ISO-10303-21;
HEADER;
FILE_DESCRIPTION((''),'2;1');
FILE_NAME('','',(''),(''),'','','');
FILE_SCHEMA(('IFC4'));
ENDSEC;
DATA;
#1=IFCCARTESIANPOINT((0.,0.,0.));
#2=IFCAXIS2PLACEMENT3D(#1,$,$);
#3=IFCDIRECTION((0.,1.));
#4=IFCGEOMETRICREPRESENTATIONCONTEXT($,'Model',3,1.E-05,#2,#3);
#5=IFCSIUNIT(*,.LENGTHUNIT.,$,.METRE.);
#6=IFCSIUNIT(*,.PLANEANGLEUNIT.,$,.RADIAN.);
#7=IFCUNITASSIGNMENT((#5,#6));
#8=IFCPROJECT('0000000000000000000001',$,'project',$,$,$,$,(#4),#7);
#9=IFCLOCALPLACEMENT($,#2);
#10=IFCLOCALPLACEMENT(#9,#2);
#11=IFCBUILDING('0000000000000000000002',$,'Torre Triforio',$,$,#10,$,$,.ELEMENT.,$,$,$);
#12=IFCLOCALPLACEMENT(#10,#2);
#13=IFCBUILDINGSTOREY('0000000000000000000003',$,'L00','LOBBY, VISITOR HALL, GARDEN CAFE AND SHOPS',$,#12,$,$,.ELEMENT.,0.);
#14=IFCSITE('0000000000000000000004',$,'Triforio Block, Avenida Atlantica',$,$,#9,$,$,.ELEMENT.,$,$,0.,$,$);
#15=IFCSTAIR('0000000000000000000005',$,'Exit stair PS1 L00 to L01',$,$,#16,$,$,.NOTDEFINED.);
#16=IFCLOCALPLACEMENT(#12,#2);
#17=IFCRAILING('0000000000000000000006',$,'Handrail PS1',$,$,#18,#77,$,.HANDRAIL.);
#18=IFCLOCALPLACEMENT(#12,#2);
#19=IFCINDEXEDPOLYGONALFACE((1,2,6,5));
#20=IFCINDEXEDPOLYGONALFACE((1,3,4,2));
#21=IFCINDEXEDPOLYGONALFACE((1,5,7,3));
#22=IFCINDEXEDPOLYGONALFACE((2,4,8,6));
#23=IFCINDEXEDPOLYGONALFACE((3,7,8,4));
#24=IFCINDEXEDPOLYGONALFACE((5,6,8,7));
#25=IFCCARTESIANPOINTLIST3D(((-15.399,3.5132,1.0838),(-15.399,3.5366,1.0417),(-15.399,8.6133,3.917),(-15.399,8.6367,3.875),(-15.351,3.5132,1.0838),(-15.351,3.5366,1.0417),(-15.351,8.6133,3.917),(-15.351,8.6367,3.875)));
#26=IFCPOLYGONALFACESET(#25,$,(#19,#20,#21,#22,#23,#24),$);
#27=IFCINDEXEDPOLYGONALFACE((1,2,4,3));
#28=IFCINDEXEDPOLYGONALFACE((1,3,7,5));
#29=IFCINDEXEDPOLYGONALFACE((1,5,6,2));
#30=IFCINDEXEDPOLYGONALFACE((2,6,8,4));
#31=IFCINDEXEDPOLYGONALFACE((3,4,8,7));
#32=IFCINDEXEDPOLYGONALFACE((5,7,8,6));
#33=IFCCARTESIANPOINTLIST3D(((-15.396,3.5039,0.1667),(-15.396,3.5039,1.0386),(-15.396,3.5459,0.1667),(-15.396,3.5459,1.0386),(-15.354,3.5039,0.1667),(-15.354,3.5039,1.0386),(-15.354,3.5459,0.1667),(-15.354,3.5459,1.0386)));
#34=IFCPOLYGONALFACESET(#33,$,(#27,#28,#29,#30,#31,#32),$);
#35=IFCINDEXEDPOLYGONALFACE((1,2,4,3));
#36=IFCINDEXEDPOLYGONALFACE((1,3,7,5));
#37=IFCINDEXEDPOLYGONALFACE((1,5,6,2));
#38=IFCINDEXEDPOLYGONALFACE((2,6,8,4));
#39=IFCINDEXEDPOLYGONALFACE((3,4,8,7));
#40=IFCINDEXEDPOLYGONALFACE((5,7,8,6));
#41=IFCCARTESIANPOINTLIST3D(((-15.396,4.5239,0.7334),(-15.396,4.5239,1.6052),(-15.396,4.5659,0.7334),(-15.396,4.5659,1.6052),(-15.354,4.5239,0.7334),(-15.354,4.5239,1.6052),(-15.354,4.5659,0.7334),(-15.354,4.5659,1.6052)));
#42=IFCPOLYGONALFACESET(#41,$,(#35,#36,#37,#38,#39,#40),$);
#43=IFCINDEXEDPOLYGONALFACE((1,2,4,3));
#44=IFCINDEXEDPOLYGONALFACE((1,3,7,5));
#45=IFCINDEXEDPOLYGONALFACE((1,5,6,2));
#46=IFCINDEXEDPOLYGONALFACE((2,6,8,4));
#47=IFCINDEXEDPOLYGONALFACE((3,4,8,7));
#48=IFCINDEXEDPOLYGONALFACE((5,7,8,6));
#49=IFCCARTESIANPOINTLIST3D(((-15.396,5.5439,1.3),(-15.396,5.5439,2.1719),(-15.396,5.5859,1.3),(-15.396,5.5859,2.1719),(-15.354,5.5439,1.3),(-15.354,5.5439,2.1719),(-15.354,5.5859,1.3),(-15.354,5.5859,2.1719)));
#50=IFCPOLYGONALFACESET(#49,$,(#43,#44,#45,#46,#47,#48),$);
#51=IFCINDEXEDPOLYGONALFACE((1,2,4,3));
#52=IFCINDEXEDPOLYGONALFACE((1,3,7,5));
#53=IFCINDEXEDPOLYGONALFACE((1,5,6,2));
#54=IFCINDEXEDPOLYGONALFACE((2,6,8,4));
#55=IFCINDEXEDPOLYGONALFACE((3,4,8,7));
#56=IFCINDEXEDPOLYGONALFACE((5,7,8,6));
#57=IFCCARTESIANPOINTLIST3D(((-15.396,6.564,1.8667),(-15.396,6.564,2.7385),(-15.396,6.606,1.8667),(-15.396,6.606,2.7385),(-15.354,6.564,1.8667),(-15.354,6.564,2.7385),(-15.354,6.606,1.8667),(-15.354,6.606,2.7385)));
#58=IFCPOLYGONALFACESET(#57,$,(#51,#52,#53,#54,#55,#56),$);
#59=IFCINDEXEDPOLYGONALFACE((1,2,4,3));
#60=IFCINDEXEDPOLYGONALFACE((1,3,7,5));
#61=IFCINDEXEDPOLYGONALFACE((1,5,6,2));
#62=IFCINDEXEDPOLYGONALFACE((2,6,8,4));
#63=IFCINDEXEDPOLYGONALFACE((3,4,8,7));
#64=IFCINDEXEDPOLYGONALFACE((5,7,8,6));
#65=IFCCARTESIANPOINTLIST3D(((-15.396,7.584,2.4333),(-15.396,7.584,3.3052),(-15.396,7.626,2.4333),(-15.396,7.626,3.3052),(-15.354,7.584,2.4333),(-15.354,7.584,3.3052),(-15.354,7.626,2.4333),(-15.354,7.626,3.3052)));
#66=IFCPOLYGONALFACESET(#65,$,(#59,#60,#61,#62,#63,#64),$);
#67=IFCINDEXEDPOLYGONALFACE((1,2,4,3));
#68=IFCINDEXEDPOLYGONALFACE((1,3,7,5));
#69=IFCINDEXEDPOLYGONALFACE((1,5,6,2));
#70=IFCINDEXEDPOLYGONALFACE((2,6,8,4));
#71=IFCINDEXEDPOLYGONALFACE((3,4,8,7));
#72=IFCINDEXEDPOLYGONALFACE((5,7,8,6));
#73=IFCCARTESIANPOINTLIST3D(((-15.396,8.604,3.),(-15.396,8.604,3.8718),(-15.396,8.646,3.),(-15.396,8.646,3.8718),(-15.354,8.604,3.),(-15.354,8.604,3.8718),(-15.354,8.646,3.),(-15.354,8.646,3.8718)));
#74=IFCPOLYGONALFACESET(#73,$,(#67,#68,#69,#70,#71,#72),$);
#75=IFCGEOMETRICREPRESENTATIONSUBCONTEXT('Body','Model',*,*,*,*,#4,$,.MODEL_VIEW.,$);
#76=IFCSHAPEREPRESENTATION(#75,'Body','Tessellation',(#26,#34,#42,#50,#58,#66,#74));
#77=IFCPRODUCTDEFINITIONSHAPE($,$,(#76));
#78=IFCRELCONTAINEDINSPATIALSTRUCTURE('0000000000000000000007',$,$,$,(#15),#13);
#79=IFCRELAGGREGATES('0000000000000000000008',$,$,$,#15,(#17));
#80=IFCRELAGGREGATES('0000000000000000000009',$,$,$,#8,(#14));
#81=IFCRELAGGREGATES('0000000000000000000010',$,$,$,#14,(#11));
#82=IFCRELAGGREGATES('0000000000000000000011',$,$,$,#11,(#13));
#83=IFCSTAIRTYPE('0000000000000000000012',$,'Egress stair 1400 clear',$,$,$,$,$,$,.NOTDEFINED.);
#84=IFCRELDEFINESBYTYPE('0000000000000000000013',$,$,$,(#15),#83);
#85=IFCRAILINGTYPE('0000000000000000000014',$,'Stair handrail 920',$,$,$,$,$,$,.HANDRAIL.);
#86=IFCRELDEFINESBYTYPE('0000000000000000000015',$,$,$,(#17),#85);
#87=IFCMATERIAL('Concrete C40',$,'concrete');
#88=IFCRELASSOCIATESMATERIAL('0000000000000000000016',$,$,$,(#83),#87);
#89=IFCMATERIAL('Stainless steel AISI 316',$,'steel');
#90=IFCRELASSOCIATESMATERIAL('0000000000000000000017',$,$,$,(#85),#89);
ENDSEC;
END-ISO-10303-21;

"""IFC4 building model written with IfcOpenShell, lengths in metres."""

from ifc_helpers import new_model, si_unit, direction, frame, origin, origin_2d, place, context, subcontext, project, spatial, rectangle, extrude, material, type_object, element, aggregate, save


model = new_model("IFC4")

# Units and contexts
model_context = context("Model", 3, precision=1e-05, world=origin(), true_north=direction((0.0, 1.0)))
body_context = subcontext(model_context, "Body", "Model", "MODEL_VIEW")
ifc_project = project(units=[si_unit("LENGTHUNIT", "METRE"), si_unit("PLANEANGLEUNIT", "RADIAN")], contexts=[model_context])

# Site, building, storey
site_placement = place(None, origin())
site = spatial("IfcSite", under=ifc_project, at=site_placement, Name="Triforio Block, Avenida Atlantica", CompositionType="ELEMENT", RefElevation=0.0)
building_placement = place(site_placement, origin())
building = spatial("IfcBuilding", under=site, at=building_placement, Name="Torre Triforio", CompositionType="ELEMENT")
storey_placement = place(building_placement, origin())
storey = spatial("IfcBuildingStorey", under=building, at=storey_placement, Name="L00", Description="LOBBY, VISITOR HALL, GARDEN CAFE AND SHOPS", CompositionType="ELEMENT", Elevation=0.0)

# Shared definitions
ifc_material_1 = material(Name="Concrete C40", Category="concrete")

# Stair
stair_type_1 = type_object("IfcStairType", Name="Egress stair 1400 clear", PredefinedType="NOTDEFINED", material=ifc_material_1)
stair_1_placement = place(storey_placement, origin())
stair_1 = element("IfcStair", 1, at=stair_1_placement, inside=storey, type_object=stair_type_1, Name="Exit stair PS1 L00 to L01", PredefinedType="NOTDEFINED")

# Shared definitions
ifc_material_2 = material(Name="Stainless steel AISI 316", Category="steel")

# Railing
railing_type_1 = type_object("IfcRailingType", Name="Stair handrail 920", PredefinedType="HANDRAIL", material=ifc_material_2)
railing_placement = place(storey_placement, frame((-15.375, 3.5249, 0.1667)))
railing = element("IfcRailing", 2, at=railing_placement, type_object=railing_type_1, Name="Handrail PS1", PredefinedType="HANDRAIL", context=body_context, shape_type="SweptSolid", body=[
    extrude(rectangle(XDim=0.0481, YDim=0.0481, at=origin_2d()), frame((0.0, 0.0, 0.896), z_axis=(0.0, 0.874167, 0.485625), x_axis=(-1.0, 0.0, 0.0)), (0.0, 0.0, 1.0), 5.8342),
    extrude(rectangle(XDim=0.042, YDim=0.042, at=origin_2d()), origin(), (0.0, 0.0, 1.0), 0.8718),
    extrude(rectangle(XDim=0.042, YDim=0.042, at=origin_2d()), frame((0.0, 1.02, 0.5667)), (0.0, 0.0, 1.0), 0.8718),
    extrude(rectangle(XDim=0.042, YDim=0.042, at=origin_2d()), frame((0.0, 2.04, 1.1333)), (0.0, 0.0, 1.0), 0.8718),
    extrude(rectangle(XDim=0.042, YDim=0.042, at=origin_2d()), frame((0.0, 3.0601, 1.7)), (0.0, 0.0, 1.0), 0.8718),
    extrude(rectangle(XDim=0.042, YDim=0.042, at=origin_2d()), frame((0.0, 4.0801, 2.2666)), (0.0, 0.0, 1.0), 0.8718),
    extrude(rectangle(XDim=0.042, YDim=0.042, at=origin_2d()), frame((0.0, 5.1001, 2.8333)), (0.0, 0.0, 1.0), 0.8718),
])
aggregate(stair_1, [railing])

save(model, "model.ifc")
